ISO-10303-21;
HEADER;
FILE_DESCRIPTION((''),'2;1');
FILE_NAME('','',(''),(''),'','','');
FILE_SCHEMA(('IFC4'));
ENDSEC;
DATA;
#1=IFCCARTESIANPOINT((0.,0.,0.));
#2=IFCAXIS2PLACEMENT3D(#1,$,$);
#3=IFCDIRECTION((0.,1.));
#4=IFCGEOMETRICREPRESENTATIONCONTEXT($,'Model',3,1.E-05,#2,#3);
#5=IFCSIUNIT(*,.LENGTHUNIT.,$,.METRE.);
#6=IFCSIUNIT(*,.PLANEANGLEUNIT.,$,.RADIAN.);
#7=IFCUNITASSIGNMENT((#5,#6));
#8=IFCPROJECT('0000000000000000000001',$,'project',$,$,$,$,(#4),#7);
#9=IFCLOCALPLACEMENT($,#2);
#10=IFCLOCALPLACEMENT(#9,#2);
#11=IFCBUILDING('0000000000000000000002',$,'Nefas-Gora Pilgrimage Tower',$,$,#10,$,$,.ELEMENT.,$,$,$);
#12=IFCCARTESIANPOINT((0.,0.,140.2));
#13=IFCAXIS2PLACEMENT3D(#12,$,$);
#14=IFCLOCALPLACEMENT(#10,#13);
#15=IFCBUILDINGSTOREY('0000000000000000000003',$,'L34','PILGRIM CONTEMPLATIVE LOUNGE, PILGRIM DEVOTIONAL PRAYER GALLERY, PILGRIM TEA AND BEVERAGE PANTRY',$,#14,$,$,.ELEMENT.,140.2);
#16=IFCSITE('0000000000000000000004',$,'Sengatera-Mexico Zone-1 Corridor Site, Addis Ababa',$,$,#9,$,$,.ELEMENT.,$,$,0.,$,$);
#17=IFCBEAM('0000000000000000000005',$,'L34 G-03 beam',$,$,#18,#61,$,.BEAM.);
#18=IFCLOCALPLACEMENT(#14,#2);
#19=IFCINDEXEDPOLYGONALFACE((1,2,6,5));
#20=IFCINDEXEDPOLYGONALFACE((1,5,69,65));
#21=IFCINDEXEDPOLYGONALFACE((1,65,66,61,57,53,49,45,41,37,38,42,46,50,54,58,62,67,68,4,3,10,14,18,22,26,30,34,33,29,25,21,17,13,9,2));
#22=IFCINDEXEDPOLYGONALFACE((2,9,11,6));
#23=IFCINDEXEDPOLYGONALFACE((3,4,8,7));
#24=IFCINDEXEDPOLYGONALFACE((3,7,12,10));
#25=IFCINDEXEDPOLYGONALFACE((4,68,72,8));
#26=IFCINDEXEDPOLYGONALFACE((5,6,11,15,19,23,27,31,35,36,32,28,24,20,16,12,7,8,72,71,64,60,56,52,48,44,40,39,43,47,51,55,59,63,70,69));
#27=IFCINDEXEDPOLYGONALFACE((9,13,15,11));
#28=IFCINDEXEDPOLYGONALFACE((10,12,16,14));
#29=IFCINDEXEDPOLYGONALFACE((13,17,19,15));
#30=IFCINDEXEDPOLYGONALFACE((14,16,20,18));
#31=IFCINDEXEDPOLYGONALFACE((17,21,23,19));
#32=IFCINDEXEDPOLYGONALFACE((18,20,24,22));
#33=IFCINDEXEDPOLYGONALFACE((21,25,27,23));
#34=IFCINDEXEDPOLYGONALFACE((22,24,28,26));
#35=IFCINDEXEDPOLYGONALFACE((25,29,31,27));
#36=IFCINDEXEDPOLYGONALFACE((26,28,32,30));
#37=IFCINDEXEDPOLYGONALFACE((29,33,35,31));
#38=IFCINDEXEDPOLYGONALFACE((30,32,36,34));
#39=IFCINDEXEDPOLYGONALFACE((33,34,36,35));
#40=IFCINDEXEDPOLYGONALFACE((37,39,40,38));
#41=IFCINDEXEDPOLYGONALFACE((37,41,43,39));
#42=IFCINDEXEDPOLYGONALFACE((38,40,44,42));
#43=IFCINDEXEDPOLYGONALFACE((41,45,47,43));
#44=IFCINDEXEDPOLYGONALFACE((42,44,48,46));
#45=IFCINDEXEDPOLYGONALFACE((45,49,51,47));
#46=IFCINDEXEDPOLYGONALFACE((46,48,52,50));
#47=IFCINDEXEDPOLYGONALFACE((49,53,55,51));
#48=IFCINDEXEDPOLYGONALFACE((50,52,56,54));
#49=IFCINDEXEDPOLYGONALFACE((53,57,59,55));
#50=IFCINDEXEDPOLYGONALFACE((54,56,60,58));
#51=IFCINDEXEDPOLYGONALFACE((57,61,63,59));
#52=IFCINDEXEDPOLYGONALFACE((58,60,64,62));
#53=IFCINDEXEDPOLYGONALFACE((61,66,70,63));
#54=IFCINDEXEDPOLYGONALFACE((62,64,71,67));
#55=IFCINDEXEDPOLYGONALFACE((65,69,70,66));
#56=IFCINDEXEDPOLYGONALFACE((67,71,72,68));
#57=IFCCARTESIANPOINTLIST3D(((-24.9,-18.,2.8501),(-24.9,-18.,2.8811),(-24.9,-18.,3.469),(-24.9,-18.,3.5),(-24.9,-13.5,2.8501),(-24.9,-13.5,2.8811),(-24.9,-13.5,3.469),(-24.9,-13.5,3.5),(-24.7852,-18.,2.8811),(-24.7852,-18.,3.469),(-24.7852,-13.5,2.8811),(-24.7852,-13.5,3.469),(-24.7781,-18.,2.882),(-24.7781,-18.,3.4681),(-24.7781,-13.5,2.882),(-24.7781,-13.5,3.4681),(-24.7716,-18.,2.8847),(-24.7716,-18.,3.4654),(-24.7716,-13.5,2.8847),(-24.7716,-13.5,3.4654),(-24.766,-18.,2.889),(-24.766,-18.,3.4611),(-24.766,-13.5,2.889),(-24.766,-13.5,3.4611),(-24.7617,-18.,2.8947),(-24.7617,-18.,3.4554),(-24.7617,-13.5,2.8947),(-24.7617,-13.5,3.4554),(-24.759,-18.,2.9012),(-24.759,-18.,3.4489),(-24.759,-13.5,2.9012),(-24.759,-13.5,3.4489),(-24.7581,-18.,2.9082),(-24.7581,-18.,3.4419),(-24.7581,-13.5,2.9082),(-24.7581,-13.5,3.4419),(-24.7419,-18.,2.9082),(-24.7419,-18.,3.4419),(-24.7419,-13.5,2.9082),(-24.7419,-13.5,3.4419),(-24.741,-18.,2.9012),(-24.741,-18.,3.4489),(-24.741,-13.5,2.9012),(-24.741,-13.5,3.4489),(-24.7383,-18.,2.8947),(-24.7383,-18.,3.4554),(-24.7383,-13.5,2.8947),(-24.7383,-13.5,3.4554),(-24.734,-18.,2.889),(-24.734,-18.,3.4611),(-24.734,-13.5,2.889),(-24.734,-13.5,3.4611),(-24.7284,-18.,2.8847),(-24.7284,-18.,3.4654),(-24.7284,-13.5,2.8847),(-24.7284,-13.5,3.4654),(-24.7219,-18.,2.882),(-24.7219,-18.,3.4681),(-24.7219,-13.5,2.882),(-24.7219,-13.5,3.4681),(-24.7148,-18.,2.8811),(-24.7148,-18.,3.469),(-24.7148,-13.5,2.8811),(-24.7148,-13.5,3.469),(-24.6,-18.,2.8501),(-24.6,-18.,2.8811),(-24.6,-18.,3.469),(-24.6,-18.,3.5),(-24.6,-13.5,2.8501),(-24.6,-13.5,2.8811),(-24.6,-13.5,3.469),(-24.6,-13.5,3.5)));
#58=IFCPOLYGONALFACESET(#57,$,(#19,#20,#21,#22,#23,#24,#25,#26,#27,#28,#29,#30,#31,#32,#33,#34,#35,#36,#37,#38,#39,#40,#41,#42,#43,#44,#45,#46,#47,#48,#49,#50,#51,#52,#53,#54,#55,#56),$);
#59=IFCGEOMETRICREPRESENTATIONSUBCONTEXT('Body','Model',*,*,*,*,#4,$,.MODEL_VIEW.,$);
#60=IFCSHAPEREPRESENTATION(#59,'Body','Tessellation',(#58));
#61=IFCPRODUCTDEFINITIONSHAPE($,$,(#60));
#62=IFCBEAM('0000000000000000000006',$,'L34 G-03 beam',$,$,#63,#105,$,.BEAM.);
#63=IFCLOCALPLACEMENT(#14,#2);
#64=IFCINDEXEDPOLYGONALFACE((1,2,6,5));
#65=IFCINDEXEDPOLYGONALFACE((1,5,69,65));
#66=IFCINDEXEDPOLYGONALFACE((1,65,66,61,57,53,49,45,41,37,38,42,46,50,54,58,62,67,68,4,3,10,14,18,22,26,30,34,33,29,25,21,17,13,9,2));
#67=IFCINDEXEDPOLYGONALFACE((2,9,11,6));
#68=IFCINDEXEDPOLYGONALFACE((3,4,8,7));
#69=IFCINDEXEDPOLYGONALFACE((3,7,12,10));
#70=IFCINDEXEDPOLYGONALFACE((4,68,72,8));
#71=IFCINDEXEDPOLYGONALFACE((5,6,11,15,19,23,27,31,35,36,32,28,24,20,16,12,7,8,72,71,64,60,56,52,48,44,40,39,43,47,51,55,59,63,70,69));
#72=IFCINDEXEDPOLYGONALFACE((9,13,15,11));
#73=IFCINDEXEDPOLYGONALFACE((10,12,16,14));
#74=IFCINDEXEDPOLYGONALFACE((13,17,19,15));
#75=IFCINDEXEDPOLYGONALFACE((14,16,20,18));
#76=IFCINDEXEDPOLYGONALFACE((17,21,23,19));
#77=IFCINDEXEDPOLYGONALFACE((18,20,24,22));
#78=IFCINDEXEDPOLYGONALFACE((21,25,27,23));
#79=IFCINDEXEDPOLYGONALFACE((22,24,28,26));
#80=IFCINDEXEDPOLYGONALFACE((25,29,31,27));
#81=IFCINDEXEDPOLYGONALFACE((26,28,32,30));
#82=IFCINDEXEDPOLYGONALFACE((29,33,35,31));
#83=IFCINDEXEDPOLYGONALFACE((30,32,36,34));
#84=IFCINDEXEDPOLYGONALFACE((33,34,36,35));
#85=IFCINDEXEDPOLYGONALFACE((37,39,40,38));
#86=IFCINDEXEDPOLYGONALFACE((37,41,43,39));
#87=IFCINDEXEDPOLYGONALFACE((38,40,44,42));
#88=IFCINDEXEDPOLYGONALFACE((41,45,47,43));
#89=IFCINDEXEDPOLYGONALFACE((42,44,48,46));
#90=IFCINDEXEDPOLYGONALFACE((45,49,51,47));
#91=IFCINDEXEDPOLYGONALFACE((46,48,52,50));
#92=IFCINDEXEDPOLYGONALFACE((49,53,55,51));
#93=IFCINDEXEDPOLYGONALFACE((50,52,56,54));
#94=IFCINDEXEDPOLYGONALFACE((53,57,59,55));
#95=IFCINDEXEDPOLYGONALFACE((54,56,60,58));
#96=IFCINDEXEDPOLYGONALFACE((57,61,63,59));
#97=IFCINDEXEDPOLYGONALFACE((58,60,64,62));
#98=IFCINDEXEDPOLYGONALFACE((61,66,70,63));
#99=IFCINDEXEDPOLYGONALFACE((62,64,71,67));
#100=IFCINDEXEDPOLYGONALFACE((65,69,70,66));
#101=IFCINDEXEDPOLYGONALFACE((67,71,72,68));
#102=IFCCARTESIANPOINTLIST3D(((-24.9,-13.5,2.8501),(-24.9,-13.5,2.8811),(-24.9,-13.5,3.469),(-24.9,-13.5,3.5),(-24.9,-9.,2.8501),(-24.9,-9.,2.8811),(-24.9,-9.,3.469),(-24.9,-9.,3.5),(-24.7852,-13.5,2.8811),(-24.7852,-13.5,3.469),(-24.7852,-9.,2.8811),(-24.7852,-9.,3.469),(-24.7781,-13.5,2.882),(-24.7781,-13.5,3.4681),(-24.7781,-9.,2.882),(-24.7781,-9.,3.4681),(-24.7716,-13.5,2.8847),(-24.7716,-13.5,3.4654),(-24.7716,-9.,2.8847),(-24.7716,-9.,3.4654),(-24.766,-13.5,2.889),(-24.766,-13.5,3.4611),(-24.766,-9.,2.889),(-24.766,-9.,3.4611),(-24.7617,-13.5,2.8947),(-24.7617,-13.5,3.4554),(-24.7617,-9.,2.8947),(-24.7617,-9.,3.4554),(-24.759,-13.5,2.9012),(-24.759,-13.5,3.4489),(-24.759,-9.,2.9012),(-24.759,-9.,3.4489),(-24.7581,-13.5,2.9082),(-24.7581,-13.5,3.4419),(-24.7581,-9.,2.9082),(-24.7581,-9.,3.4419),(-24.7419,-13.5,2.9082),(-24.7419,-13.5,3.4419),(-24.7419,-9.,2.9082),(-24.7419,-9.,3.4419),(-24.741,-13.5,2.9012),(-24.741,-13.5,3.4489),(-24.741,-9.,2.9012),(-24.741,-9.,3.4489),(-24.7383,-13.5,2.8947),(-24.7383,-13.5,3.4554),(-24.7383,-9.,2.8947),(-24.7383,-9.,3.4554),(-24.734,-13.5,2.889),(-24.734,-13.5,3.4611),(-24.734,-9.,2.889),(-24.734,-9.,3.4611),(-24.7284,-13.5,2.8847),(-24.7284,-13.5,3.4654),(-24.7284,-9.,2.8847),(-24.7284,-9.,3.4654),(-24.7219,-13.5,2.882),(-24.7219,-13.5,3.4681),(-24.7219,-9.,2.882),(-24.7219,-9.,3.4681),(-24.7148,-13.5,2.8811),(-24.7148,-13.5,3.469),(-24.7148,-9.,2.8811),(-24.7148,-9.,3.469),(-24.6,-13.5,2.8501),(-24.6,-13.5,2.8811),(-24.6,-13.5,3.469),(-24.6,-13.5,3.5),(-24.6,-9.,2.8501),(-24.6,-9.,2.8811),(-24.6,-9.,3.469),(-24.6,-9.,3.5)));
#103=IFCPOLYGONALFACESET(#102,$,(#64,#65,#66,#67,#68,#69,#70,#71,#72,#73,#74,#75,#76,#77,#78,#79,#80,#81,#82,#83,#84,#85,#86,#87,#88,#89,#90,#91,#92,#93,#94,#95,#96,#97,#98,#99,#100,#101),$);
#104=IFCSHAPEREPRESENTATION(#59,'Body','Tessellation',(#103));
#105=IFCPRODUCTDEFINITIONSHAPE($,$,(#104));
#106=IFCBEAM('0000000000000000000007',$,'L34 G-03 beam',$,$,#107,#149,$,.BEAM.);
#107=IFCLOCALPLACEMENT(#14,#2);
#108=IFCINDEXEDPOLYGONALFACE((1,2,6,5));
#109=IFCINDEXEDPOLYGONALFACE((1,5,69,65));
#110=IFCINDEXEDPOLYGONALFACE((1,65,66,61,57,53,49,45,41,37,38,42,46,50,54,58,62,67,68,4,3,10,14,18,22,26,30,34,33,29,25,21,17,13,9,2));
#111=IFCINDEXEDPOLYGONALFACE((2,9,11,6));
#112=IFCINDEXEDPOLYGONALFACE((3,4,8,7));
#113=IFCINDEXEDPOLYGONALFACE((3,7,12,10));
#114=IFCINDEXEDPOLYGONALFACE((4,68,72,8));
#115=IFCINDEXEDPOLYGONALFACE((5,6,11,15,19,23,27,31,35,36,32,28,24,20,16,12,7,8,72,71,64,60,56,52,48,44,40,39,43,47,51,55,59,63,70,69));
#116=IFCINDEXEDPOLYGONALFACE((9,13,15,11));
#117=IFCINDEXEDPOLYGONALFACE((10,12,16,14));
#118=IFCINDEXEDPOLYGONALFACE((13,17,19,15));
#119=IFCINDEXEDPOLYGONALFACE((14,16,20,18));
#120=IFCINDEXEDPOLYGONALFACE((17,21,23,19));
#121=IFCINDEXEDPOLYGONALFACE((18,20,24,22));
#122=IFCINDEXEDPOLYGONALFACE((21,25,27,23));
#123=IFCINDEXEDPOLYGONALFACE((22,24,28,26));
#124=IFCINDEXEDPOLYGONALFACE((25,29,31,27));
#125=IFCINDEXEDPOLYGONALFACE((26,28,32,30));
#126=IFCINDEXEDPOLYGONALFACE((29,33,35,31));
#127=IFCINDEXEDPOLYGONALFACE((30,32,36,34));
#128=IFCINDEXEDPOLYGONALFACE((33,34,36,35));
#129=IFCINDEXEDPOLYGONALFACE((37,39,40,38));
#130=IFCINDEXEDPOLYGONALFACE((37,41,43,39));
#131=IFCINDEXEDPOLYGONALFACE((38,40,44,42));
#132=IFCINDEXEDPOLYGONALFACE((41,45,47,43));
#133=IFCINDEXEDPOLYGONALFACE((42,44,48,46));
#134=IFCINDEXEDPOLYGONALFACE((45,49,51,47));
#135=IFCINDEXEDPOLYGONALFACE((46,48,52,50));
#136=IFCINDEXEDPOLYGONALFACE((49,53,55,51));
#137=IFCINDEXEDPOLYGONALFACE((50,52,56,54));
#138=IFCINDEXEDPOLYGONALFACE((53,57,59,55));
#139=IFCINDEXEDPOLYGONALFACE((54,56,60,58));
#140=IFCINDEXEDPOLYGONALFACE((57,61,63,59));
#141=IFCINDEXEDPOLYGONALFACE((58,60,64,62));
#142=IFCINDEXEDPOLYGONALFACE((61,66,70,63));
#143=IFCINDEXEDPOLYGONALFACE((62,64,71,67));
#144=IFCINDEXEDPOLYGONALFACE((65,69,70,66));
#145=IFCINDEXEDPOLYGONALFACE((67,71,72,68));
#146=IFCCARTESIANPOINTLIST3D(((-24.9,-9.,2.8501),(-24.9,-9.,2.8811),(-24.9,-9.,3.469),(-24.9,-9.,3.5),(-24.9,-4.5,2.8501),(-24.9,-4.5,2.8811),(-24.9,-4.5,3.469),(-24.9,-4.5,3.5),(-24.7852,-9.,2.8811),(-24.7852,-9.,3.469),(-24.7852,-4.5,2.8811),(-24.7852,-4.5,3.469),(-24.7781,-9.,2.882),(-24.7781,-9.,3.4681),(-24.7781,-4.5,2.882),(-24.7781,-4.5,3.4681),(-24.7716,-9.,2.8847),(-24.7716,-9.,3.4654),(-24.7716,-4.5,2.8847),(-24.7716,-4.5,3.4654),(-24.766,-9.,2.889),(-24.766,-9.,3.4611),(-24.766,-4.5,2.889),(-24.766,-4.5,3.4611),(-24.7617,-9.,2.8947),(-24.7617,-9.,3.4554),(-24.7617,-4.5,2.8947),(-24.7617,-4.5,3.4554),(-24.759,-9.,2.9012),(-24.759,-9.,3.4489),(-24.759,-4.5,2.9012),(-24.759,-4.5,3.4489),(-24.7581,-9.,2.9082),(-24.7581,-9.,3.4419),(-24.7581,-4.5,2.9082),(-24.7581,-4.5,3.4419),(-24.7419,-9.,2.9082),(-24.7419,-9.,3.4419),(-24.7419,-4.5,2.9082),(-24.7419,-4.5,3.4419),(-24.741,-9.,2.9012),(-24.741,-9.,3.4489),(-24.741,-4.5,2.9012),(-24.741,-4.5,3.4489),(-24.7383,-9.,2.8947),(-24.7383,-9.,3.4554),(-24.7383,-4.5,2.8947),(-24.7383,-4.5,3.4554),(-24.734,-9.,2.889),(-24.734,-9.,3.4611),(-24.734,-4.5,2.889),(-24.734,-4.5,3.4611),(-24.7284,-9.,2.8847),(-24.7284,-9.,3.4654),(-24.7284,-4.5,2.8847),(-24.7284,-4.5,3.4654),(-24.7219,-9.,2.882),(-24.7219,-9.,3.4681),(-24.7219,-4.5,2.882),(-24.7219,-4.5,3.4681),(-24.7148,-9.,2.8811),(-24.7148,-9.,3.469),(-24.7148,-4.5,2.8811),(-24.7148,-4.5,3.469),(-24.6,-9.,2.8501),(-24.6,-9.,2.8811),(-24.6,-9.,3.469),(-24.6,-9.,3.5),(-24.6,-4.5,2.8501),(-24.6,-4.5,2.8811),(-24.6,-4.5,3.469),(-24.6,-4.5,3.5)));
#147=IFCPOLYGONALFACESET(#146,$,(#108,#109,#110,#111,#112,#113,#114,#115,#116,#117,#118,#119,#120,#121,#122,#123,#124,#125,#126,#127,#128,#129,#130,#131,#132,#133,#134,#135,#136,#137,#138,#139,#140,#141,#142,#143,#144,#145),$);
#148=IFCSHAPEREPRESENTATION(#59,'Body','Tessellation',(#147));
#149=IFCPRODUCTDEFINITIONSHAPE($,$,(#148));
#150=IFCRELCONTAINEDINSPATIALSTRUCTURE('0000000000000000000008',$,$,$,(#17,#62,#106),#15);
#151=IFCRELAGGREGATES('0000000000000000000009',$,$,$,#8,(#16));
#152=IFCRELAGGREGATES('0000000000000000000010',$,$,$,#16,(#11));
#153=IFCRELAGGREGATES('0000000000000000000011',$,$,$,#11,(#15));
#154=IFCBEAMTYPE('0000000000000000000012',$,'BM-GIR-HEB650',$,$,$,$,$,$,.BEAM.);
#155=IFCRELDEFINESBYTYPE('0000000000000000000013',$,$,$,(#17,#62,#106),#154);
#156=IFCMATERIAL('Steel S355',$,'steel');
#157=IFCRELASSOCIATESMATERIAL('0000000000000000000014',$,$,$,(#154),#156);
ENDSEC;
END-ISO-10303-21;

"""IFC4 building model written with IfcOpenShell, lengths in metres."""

from ifc_helpers import new_model, si_unit, direction, frame, origin, origin_2d, place, context, subcontext, project, spatial, i_section, extrude, source, transform, mapped, material, material_profile, profile_set, type_object, element, save


model = new_model("IFC4")

# Units and contexts
model_context = context("Model", 3, precision=1e-05, world=origin(), true_north=direction((0.0, 1.0)))
body_context = subcontext(model_context, "Body", "Model", "MODEL_VIEW")
ifc_project = project(units=[si_unit("LENGTHUNIT", "METRE"), si_unit("PLANEANGLEUNIT", "RADIAN")], contexts=[model_context])

# Site, building, storey
site_placement = place(None, origin())
site = spatial("IfcSite", under=ifc_project, at=site_placement, Name="Sengatera-Mexico Zone-1 Corridor Site, Addis Ababa", CompositionType="ELEMENT", RefElevation=0.0)
building_placement = place(site_placement, origin())
building = spatial("IfcBuilding", under=site, at=building_placement, Name="Nefas-Gora Pilgrimage Tower", CompositionType="ELEMENT")
storey_placement = place(building_placement, frame((0.0, 0.0, 140.2)))
storey = spatial("IfcBuildingStorey", under=building, at=storey_placement, Name="L34", Description="PILGRIM CONTEMPLATIVE LOUNGE, PILGRIM DEVOTIONAL PRAYER GALLERY, PILGRIM TEA AND BEVERAGE PANTRY", CompositionType="ELEMENT", Elevation=140.2)

# Beams
ifc_material_1 = material(Name="Steel S355", Category="steel")
ifc_material_profile_1 = material_profile(ifc_material_1, i_section(OverallWidth=0.3, OverallDepth=0.6499, WebThickness=0.0161, FlangeThickness=0.031, FilletRadius=0.0271, at=origin_2d()), Name="HEB 650")
ifc_profile_set_1 = profile_set([ifc_material_profile_1], Name="Steel S355")
beam_type_1 = type_object("IfcBeamType", Name="BM-GIR-HEB650", PredefinedType="BEAM", material=ifc_profile_set_1)
shared_shape_1 = source(origin(), body_context, "Body", "SweptSolid", [
    extrude(i_section(OverallWidth=0.3, OverallDepth=0.6499, WebThickness=0.0161, FlangeThickness=0.031, FilletRadius=0.0271, at=origin_2d()), origin(), (0.0, 0.0, 1.0), 4.5),
])
for number, where, z_axis, x_axis, name in (
    (1, (-24.75, -18.0, 3.175), (0.0, 1.0, 0.0), (-1.0, 0.0, 0.0), "L34 G-03 beam"),
    (2, (-24.75, -13.5, 3.175), (0.0, 1.0, 0.0), (-1.0, 0.0, 0.0), "L34 G-03 beam"),
    (3, (-24.75, -9.0, 3.175), (0.0, 1.0, 0.0), (-1.0, 0.0, 0.0), "L34 G-03 beam"),
):
    element("IfcBeam", number, at=place(storey_placement, frame(where, z_axis=z_axis, x_axis=x_axis)), inside=storey, type_object=beam_type_1, Name=name, PredefinedType="BEAM", context=body_context, shape_type="MappedRepresentation", body=[
        mapped(shared_shape_1, transform((0.0, 0.0, 0.0), x_axis=(1.0, 0.0, 0.0), y_axis=(0.0, 1.0, 0.0), z_axis=(0.0, 0.0, 1.0), scale=1.0)),
    ])

save(model, "model.ifc")
